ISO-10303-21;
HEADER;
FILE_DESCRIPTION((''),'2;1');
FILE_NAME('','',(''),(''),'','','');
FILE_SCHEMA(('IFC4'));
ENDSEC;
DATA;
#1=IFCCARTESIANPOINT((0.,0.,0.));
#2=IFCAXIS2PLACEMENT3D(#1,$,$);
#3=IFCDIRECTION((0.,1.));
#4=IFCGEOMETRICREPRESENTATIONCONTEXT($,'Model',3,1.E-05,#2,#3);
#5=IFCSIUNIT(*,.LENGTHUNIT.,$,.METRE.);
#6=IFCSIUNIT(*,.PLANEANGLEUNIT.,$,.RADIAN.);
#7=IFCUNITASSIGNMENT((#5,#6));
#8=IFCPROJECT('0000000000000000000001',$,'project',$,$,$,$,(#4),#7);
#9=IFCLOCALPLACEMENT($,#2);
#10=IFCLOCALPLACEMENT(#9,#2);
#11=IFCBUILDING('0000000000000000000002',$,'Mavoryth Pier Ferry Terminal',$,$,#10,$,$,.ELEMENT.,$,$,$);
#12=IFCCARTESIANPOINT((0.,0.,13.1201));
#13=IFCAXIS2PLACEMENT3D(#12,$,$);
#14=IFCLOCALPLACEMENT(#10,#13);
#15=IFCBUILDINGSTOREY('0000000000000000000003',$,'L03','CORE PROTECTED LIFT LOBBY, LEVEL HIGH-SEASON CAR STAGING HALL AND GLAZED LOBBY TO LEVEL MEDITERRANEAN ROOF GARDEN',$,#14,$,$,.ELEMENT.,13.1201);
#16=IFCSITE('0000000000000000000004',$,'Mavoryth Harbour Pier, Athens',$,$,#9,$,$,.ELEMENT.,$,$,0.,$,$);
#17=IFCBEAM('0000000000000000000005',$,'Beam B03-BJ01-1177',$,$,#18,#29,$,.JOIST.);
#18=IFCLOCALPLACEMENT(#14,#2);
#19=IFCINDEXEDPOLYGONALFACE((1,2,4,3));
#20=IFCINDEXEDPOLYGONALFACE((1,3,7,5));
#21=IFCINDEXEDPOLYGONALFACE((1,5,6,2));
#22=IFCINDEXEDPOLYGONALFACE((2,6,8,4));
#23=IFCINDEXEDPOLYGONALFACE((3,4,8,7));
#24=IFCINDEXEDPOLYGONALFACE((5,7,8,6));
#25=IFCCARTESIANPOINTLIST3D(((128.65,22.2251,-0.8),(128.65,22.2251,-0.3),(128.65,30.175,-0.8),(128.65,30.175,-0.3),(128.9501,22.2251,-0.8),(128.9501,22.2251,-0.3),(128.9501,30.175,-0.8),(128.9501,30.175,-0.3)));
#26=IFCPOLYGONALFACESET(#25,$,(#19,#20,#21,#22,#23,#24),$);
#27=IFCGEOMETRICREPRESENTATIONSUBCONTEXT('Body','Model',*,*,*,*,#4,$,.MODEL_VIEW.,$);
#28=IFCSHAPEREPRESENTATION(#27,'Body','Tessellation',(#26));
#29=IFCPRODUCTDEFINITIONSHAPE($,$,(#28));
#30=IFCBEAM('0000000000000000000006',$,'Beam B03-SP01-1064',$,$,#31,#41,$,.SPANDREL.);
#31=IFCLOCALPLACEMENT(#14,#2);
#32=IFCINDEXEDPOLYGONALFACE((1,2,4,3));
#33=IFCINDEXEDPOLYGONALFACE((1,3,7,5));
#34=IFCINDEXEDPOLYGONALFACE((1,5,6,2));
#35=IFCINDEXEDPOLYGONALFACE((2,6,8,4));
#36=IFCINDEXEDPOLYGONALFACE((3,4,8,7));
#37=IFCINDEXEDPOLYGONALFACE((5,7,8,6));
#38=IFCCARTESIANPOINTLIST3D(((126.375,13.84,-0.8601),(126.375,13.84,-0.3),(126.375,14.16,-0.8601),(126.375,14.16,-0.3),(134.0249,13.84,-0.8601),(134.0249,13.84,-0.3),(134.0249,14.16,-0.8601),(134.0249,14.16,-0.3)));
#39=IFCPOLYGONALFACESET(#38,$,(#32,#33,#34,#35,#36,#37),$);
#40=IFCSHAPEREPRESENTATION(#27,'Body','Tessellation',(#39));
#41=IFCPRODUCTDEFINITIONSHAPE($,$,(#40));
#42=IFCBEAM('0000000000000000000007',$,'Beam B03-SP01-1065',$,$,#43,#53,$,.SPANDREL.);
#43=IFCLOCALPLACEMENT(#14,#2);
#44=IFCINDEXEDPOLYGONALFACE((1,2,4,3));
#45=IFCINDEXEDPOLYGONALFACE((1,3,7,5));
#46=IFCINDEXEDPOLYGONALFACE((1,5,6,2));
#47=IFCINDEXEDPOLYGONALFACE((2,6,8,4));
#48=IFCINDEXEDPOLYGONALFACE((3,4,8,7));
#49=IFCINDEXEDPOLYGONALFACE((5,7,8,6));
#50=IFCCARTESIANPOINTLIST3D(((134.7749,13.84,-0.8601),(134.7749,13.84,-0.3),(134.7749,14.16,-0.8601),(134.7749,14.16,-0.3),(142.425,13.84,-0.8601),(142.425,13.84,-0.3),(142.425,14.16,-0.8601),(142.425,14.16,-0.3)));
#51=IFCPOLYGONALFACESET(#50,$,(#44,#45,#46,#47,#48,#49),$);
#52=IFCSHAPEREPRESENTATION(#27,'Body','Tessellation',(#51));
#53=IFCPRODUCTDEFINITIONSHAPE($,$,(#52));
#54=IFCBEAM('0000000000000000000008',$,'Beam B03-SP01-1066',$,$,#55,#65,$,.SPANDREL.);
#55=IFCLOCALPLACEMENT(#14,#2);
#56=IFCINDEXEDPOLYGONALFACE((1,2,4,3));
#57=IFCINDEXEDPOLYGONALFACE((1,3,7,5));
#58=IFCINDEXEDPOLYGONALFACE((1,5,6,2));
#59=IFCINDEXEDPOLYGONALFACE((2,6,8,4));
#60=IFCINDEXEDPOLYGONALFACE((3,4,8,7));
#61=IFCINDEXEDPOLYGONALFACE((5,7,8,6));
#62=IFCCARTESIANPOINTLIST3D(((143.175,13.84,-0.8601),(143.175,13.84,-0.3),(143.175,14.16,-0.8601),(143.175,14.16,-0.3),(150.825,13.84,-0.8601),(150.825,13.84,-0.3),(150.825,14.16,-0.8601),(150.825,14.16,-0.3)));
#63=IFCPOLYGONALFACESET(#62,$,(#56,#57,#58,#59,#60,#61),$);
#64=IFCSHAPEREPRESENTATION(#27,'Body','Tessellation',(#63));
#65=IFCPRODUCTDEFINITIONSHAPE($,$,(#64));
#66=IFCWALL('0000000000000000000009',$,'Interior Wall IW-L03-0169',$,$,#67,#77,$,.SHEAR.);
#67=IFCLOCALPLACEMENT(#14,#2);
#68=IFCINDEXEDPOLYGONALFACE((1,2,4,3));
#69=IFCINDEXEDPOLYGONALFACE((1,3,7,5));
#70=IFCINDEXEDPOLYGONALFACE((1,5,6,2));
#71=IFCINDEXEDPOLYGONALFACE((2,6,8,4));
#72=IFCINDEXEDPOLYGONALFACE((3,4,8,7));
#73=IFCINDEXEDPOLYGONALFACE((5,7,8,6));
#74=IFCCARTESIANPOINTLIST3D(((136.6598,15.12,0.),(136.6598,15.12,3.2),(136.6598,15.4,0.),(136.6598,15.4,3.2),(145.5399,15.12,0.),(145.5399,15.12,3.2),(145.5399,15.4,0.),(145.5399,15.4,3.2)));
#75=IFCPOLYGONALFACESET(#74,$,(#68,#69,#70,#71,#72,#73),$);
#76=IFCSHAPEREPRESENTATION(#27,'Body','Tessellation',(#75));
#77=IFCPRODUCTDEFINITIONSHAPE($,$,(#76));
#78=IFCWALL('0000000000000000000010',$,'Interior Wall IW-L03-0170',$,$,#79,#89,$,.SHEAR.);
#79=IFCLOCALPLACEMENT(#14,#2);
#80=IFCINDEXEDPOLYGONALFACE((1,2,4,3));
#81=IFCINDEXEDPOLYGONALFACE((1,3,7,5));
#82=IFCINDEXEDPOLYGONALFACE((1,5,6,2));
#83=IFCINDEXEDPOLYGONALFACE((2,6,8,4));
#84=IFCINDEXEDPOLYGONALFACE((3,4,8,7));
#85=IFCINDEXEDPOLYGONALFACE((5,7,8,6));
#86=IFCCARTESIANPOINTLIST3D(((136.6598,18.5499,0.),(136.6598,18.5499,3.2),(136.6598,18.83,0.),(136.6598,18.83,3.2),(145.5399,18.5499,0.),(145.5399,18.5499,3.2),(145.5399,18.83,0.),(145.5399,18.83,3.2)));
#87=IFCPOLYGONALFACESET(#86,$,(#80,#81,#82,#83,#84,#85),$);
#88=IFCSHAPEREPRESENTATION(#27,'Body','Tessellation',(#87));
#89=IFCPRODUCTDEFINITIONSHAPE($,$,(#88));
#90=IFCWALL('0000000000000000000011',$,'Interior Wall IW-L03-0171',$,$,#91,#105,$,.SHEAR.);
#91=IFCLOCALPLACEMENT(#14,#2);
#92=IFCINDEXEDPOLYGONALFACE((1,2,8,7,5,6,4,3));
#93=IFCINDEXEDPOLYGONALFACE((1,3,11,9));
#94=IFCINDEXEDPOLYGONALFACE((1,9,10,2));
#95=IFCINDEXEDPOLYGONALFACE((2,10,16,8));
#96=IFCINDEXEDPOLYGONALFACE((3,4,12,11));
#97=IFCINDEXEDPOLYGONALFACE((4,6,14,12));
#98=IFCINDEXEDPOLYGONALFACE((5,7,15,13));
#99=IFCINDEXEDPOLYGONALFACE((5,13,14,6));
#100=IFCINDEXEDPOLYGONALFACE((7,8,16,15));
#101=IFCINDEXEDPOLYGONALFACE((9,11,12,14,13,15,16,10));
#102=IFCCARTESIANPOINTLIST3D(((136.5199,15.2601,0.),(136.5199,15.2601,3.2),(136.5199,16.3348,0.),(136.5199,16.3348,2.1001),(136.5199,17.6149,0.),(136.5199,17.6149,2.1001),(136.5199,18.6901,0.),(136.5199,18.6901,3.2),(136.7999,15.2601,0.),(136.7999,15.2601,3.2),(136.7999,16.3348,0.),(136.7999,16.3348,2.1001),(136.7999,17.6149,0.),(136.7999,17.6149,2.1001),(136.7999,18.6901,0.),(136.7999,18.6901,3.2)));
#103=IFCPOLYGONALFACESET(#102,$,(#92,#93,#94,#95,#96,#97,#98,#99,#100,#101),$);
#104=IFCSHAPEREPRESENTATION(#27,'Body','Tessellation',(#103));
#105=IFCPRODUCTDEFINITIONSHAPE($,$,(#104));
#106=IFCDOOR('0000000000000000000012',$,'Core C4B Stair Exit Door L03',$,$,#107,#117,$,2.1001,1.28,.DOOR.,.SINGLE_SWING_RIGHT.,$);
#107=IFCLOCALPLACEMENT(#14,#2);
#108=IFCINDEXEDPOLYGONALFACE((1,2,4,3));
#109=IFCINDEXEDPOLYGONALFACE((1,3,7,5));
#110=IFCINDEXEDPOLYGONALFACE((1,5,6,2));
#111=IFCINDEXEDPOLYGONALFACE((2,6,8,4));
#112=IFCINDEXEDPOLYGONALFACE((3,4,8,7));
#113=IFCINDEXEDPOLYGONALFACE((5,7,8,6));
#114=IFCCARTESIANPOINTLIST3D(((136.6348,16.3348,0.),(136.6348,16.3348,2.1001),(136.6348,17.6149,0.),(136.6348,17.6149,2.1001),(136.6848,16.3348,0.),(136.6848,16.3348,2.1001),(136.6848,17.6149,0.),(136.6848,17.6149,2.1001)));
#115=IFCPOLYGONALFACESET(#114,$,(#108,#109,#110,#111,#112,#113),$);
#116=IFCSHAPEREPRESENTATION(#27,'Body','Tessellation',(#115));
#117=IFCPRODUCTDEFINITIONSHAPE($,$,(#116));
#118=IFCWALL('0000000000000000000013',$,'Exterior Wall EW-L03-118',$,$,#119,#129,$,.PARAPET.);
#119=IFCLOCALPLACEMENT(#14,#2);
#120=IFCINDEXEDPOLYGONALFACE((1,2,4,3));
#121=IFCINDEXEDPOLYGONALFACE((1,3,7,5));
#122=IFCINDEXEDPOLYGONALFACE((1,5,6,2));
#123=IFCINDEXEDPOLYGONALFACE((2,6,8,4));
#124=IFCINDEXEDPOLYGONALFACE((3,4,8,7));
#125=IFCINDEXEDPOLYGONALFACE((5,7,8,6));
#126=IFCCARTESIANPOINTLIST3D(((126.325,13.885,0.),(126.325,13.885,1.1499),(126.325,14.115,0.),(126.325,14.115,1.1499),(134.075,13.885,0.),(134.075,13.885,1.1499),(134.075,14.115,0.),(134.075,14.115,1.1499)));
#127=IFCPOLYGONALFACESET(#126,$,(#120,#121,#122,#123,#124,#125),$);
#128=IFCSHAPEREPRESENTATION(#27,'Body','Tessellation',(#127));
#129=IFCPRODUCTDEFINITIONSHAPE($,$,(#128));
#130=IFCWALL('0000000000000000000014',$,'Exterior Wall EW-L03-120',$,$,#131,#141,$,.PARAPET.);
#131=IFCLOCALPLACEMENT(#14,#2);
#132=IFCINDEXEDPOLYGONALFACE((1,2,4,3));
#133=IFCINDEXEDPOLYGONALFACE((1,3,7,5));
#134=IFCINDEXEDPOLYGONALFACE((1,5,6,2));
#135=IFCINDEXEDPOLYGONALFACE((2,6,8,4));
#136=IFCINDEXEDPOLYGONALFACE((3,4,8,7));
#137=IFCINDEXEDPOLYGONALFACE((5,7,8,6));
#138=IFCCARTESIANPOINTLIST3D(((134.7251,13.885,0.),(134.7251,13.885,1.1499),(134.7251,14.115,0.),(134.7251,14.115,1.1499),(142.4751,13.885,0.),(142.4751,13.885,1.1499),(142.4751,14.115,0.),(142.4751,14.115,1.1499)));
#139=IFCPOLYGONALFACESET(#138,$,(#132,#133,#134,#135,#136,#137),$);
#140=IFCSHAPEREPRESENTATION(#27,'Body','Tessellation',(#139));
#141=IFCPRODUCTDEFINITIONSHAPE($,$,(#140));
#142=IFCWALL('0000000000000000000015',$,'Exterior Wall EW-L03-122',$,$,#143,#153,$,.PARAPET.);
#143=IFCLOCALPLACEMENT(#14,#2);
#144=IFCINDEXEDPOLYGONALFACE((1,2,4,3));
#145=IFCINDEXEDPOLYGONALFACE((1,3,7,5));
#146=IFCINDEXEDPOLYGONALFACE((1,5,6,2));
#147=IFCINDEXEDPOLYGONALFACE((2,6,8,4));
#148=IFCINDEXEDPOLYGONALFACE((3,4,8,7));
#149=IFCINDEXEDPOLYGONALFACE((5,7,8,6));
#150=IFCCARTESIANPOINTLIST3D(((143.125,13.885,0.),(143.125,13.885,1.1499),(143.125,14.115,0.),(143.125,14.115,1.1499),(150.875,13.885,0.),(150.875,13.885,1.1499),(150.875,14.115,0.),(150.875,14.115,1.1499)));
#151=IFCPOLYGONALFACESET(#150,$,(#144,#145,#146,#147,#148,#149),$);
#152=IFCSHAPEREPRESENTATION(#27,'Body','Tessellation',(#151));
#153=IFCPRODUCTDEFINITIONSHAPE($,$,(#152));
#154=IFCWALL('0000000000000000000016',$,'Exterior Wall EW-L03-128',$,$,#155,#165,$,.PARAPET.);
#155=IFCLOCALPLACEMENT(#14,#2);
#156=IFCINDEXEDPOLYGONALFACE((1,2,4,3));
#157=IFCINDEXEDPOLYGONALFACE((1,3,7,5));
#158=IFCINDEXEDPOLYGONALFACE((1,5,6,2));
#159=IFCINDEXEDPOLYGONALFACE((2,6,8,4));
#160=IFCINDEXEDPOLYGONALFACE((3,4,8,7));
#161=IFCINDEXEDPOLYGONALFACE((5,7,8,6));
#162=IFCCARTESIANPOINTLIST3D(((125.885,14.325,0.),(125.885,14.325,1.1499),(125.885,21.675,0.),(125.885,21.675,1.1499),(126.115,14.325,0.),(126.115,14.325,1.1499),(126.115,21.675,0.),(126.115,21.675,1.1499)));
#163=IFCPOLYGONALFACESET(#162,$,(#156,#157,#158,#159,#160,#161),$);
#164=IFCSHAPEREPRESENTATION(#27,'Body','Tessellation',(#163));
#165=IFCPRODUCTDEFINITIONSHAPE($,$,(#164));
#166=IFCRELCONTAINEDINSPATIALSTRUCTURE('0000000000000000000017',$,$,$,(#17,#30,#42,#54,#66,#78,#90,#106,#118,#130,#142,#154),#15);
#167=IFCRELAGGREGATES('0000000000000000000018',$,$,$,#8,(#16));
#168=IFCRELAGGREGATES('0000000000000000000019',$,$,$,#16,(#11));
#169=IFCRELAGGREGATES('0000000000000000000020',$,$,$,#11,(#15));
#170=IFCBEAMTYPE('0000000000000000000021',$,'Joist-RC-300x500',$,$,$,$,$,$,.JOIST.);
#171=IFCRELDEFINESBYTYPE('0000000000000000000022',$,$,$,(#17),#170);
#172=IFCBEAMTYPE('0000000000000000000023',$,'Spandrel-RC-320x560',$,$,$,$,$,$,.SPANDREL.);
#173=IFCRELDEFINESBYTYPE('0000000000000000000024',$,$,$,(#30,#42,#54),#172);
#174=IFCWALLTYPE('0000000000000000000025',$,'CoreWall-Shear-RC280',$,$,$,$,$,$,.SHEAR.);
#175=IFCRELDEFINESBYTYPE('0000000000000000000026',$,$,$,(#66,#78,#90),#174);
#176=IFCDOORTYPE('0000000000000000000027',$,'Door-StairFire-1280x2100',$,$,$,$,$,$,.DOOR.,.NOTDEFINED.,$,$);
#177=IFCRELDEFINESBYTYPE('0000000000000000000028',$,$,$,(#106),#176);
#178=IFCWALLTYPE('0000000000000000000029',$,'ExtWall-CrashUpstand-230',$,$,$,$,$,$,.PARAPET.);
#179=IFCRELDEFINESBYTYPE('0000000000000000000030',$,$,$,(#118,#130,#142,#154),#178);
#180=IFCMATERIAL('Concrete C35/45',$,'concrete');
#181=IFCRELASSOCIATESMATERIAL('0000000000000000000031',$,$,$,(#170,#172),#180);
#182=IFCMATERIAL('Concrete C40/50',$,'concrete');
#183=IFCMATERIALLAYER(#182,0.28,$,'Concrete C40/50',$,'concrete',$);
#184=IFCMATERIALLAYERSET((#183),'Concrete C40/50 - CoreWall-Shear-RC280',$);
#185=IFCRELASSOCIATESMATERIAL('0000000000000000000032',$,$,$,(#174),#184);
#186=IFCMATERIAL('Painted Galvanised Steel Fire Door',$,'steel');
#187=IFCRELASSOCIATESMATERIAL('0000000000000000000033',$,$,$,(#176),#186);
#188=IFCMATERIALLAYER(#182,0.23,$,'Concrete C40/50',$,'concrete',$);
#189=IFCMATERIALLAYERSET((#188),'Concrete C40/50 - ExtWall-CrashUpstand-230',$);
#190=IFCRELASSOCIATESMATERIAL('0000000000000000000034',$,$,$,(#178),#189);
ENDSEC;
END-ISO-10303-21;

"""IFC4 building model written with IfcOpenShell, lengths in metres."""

from ifc_helpers import new_model, si_unit, direction, frame, frame_2d, origin, origin_2d, place, context, subcontext, project, spatial, rectangle, extrude, material, layer, layer_set, material_profile, profile_set, type_object, element, fill, save


model = new_model("IFC4")

# Units and contexts
model_context = context("Model", 3, precision=1e-05, world=origin(), true_north=direction((0.0, 1.0)))
body_context = subcontext(model_context, "Body", "Model", "MODEL_VIEW")
ifc_project = project(units=[si_unit("LENGTHUNIT", "METRE"), si_unit("PLANEANGLEUNIT", "RADIAN")], contexts=[model_context])

# Site, building, storey
site_placement = place(None, origin())
site = spatial("IfcSite", under=ifc_project, at=site_placement, Name="Mavoryth Harbour Pier, Athens", CompositionType="ELEMENT", RefElevation=0.0)
building_placement = place(site_placement, origin())
building = spatial("IfcBuilding", under=site, at=building_placement, Name="Mavoryth Pier Ferry Terminal", CompositionType="ELEMENT")
storey_placement = place(building_placement, frame((0.0, 0.0, 13.1201)))
storey = spatial("IfcBuildingStorey", under=building, at=storey_placement, Name="L03", Description="CORE PROTECTED LIFT LOBBY, LEVEL HIGH-SEASON CAR STAGING HALL AND GLAZED LOBBY TO LEVEL MEDITERRANEAN ROOF GARDEN", CompositionType="ELEMENT", Elevation=13.1201)

# Shared definitions
ifc_material_1 = material(Name="Concrete C40/50", Category="concrete")

# Beams
ifc_material_2 = material(Name="Concrete C35/45", Category="concrete")
ifc_material_profile_1 = material_profile(ifc_material_2, rectangle(XDim=0.3, YDim=0.5, at=origin_2d()), Name="RC 300x500", Category="concrete")
ifc_profile_set_1 = profile_set([ifc_material_profile_1], Name="Concrete C35/45 - RC 300x500")
beam_type_1 = type_object("IfcBeamType", Name="Joist-RC-300x500", PredefinedType="JOIST", material=ifc_profile_set_1)
beam_1_placement = place(storey_placement, frame((128.8, 22.2251, -0.55), z_axis=(0.0, 1.0, 0.0), x_axis=(-1.0, 0.0, 0.0)))
element("IfcBeam", 1, at=beam_1_placement, inside=storey, type_object=beam_type_1, Name="Beam B03-BJ01-1177", PredefinedType="JOIST", context=body_context, shape_type="SweptSolid", body=[
    extrude(rectangle(XDim=0.3, YDim=0.5, at=origin_2d()), origin(), (0.0, 0.0, 1.0), 7.95),
])
ifc_material_profile_2 = material_profile(ifc_material_2, rectangle(XDim=0.3201, YDim=0.5601, at=origin_2d()), Name="RC 320x560", Category="concrete")
ifc_profile_set_2 = profile_set([ifc_material_profile_2], Name="Concrete C35/45 - RC 320x560")
beam_type_2 = type_object("IfcBeamType", Name="Spandrel-RC-320x560", PredefinedType="SPANDREL", material=ifc_profile_set_2)
beam_2_placement = place(storey_placement, frame((126.375, 14.0, -0.5801), z_axis=(1.0, 0.0, 0.0), x_axis=(0.0, 1.0, 0.0)))
element("IfcBeam", 2, at=beam_2_placement, inside=storey, type_object=beam_type_2, Name="Beam B03-SP01-1064", PredefinedType="SPANDREL", context=body_context, shape_type="SweptSolid", body=[
    extrude(rectangle(XDim=0.3201, YDim=0.5601, at=origin_2d()), origin(), (0.0, 0.0, 1.0), 7.6499),
])
beam_3_placement = place(storey_placement, frame((134.7749, 14.0, -0.5801), z_axis=(1.0, 0.0, 0.0), x_axis=(0.0, 1.0, 0.0)))
element("IfcBeam", 3, at=beam_3_placement, inside=storey, type_object=beam_type_2, Name="Beam B03-SP01-1065", PredefinedType="SPANDREL", context=body_context, shape_type="SweptSolid", body=[
    extrude(rectangle(XDim=0.3201, YDim=0.5601, at=origin_2d()), origin(), (0.0, 0.0, 1.0), 7.6501),
])
beam_4_placement = place(storey_placement, frame((143.175, 14.0, -0.5801), z_axis=(1.0, 0.0, 0.0), x_axis=(0.0, 1.0, 0.0)))
element("IfcBeam", 4, at=beam_4_placement, inside=storey, type_object=beam_type_2, Name="Beam B03-SP01-1066", PredefinedType="SPANDREL", context=body_context, shape_type="SweptSolid", body=[
    extrude(rectangle(XDim=0.3201, YDim=0.5601, at=origin_2d()), origin(), (0.0, 0.0, 1.0), 7.6499),
])

# Walls
ifc_layer_1 = layer(ifc_material_1, 0.28, Name="Concrete C40/50", Category="concrete")
ifc_layer_set_1 = layer_set([ifc_layer_1], Name="Concrete C40/50 - CoreWall-Shear-RC280")
wall_type_1 = type_object("IfcWallType", Name="CoreWall-Shear-RC280", PredefinedType="SHEAR", material=ifc_layer_set_1)
for number, where, z_axis, x_axis, name in (
    (5, (136.6599, 15.26, 0.0), (0.0, 0.0, 1.0), (1.0, 0.0, 0.0), "Interior Wall IW-L03-0169"),
    (6, (136.6599, 18.6899, 0.0), (0.0, 0.0, 1.0), (1.0, 0.0, 0.0), "Interior Wall IW-L03-0170"),
):
    element("IfcWall", number, at=place(storey_placement, frame(where, z_axis=z_axis, x_axis=x_axis)), inside=storey, type_object=wall_type_1, Name=name, PredefinedType="SHEAR", context=body_context, shape_type="SweptSolid", body=[
        extrude(rectangle(XDim=8.8801, YDim=0.28, at=frame_2d((4.4399, 0.0))), origin(), (0.0, 0.0, 1.0), 3.2),
    ])

# Wall, opening, door
wall_1_placement = place(storey_placement, frame((136.6599, 18.6899, 0.0), z_axis=(0.0, 0.0, 1.0), x_axis=(0.0, -1.0, 0.0)))
wall_1 = element("IfcWall", 7, at=wall_1_placement, inside=storey, type_object=wall_type_1, Name="Interior Wall IW-L03-0171", PredefinedType="SHEAR", context=body_context, shape_type="SweptSolid", body=[
    extrude(rectangle(XDim=3.4299, YDim=0.28, at=frame_2d((1.7148, 0.0))), origin(), (0.0, 0.0, 1.0), 3.2),
])
opening_placement = place(wall_1_placement, frame((1.075, 0.0, 0.0)))
opening = element("IfcOpeningElement", 8, at=opening_placement, cuts=wall_1, PredefinedType="OPENING", context=body_context, shape_type="SweptSolid", body=[
    extrude(rectangle(XDim=1.28, YDim=2.1001, at=frame_2d((0.6401, 1.05))), frame((0.0, 0.1499, 0.0), z_axis=(0.0, -1.0, 0.0), x_axis=(1.0, 0.0, 0.0)), (0.0, 0.0, 1.0), 0.3),
])
ifc_material_3 = material(Name="Painted Galvanised Steel Fire Door", Category="steel")
door_type = type_object("IfcDoorType", Name="Door-StairFire-1280x2100", OperationType="NOTDEFINED", PredefinedType="DOOR", material=ifc_material_3)
door_placement = place(opening_placement, origin())
door = element("IfcDoor", 9, at=door_placement, inside=storey, type_object=door_type, Name="Core C4B Stair Exit Door L03", OperationType="SINGLE_SWING_RIGHT", OverallHeight=2.1001, OverallWidth=1.28, PredefinedType="DOOR", context=body_context, shape_type="SweptSolid", body=[
    extrude(rectangle(XDim=1.28, YDim=2.1001, at=frame_2d((0.6401, 1.05))), frame((0.0, 0.0249, 0.0), z_axis=(0.0, -1.0, 0.0), x_axis=(1.0, 0.0, 0.0)), (0.0, 0.0, 1.0), 0.05),
])
fill(opening, door)

# Walls
ifc_layer_2 = layer(ifc_material_1, 0.23, Name="Concrete C40/50", Category="concrete")
ifc_layer_set_2 = layer_set([ifc_layer_2], Name="Concrete C40/50 - ExtWall-CrashUpstand-230")
wall_type_2 = type_object("IfcWallType", Name="ExtWall-CrashUpstand-230", PredefinedType="PARAPET", material=ifc_layer_set_2)
for number, where, z_axis, x_axis, name in (
    (10, (126.325, 14.0, 0.0), (0.0, 0.0, 1.0), (1.0, 0.0, 0.0), "Exterior Wall EW-L03-118"),
    (11, (134.7251, 14.0, 0.0), (0.0, 0.0, 1.0), (1.0, 0.0, 0.0), "Exterior Wall EW-L03-120"),
    (12, (143.125, 14.0, 0.0), (0.0, 0.0, 1.0), (1.0, 0.0, 0.0), "Exterior Wall EW-L03-122"),
):
    element("IfcWall", number, at=place(storey_placement, frame(where, z_axis=z_axis, x_axis=x_axis)), inside=storey, type_object=wall_type_2, Name=name, PredefinedType="PARAPET", context=body_context, shape_type="SweptSolid", body=[
        extrude(rectangle(XDim=7.75, YDim=0.23, at=frame_2d((3.875, 0.0))), origin(), (0.0, 0.0, 1.0), 1.1499),
    ])
wall_2_placement = place(storey_placement, frame((126.0, 14.325, 0.0), z_axis=(0.0, 0.0, 1.0), x_axis=(0.0, 1.0, 0.0)))
element("IfcWall", 13, at=wall_2_placement, inside=storey, type_object=wall_type_2, Name="Exterior Wall EW-L03-128", PredefinedType="PARAPET", context=body_context, shape_type="SweptSolid", body=[
    extrude(rectangle(XDim=7.3501, YDim=0.23, at=frame_2d((3.675, 0.0))), origin(), (0.0, 0.0, 1.0), 1.1499),
])

save(model, "model.ifc")
